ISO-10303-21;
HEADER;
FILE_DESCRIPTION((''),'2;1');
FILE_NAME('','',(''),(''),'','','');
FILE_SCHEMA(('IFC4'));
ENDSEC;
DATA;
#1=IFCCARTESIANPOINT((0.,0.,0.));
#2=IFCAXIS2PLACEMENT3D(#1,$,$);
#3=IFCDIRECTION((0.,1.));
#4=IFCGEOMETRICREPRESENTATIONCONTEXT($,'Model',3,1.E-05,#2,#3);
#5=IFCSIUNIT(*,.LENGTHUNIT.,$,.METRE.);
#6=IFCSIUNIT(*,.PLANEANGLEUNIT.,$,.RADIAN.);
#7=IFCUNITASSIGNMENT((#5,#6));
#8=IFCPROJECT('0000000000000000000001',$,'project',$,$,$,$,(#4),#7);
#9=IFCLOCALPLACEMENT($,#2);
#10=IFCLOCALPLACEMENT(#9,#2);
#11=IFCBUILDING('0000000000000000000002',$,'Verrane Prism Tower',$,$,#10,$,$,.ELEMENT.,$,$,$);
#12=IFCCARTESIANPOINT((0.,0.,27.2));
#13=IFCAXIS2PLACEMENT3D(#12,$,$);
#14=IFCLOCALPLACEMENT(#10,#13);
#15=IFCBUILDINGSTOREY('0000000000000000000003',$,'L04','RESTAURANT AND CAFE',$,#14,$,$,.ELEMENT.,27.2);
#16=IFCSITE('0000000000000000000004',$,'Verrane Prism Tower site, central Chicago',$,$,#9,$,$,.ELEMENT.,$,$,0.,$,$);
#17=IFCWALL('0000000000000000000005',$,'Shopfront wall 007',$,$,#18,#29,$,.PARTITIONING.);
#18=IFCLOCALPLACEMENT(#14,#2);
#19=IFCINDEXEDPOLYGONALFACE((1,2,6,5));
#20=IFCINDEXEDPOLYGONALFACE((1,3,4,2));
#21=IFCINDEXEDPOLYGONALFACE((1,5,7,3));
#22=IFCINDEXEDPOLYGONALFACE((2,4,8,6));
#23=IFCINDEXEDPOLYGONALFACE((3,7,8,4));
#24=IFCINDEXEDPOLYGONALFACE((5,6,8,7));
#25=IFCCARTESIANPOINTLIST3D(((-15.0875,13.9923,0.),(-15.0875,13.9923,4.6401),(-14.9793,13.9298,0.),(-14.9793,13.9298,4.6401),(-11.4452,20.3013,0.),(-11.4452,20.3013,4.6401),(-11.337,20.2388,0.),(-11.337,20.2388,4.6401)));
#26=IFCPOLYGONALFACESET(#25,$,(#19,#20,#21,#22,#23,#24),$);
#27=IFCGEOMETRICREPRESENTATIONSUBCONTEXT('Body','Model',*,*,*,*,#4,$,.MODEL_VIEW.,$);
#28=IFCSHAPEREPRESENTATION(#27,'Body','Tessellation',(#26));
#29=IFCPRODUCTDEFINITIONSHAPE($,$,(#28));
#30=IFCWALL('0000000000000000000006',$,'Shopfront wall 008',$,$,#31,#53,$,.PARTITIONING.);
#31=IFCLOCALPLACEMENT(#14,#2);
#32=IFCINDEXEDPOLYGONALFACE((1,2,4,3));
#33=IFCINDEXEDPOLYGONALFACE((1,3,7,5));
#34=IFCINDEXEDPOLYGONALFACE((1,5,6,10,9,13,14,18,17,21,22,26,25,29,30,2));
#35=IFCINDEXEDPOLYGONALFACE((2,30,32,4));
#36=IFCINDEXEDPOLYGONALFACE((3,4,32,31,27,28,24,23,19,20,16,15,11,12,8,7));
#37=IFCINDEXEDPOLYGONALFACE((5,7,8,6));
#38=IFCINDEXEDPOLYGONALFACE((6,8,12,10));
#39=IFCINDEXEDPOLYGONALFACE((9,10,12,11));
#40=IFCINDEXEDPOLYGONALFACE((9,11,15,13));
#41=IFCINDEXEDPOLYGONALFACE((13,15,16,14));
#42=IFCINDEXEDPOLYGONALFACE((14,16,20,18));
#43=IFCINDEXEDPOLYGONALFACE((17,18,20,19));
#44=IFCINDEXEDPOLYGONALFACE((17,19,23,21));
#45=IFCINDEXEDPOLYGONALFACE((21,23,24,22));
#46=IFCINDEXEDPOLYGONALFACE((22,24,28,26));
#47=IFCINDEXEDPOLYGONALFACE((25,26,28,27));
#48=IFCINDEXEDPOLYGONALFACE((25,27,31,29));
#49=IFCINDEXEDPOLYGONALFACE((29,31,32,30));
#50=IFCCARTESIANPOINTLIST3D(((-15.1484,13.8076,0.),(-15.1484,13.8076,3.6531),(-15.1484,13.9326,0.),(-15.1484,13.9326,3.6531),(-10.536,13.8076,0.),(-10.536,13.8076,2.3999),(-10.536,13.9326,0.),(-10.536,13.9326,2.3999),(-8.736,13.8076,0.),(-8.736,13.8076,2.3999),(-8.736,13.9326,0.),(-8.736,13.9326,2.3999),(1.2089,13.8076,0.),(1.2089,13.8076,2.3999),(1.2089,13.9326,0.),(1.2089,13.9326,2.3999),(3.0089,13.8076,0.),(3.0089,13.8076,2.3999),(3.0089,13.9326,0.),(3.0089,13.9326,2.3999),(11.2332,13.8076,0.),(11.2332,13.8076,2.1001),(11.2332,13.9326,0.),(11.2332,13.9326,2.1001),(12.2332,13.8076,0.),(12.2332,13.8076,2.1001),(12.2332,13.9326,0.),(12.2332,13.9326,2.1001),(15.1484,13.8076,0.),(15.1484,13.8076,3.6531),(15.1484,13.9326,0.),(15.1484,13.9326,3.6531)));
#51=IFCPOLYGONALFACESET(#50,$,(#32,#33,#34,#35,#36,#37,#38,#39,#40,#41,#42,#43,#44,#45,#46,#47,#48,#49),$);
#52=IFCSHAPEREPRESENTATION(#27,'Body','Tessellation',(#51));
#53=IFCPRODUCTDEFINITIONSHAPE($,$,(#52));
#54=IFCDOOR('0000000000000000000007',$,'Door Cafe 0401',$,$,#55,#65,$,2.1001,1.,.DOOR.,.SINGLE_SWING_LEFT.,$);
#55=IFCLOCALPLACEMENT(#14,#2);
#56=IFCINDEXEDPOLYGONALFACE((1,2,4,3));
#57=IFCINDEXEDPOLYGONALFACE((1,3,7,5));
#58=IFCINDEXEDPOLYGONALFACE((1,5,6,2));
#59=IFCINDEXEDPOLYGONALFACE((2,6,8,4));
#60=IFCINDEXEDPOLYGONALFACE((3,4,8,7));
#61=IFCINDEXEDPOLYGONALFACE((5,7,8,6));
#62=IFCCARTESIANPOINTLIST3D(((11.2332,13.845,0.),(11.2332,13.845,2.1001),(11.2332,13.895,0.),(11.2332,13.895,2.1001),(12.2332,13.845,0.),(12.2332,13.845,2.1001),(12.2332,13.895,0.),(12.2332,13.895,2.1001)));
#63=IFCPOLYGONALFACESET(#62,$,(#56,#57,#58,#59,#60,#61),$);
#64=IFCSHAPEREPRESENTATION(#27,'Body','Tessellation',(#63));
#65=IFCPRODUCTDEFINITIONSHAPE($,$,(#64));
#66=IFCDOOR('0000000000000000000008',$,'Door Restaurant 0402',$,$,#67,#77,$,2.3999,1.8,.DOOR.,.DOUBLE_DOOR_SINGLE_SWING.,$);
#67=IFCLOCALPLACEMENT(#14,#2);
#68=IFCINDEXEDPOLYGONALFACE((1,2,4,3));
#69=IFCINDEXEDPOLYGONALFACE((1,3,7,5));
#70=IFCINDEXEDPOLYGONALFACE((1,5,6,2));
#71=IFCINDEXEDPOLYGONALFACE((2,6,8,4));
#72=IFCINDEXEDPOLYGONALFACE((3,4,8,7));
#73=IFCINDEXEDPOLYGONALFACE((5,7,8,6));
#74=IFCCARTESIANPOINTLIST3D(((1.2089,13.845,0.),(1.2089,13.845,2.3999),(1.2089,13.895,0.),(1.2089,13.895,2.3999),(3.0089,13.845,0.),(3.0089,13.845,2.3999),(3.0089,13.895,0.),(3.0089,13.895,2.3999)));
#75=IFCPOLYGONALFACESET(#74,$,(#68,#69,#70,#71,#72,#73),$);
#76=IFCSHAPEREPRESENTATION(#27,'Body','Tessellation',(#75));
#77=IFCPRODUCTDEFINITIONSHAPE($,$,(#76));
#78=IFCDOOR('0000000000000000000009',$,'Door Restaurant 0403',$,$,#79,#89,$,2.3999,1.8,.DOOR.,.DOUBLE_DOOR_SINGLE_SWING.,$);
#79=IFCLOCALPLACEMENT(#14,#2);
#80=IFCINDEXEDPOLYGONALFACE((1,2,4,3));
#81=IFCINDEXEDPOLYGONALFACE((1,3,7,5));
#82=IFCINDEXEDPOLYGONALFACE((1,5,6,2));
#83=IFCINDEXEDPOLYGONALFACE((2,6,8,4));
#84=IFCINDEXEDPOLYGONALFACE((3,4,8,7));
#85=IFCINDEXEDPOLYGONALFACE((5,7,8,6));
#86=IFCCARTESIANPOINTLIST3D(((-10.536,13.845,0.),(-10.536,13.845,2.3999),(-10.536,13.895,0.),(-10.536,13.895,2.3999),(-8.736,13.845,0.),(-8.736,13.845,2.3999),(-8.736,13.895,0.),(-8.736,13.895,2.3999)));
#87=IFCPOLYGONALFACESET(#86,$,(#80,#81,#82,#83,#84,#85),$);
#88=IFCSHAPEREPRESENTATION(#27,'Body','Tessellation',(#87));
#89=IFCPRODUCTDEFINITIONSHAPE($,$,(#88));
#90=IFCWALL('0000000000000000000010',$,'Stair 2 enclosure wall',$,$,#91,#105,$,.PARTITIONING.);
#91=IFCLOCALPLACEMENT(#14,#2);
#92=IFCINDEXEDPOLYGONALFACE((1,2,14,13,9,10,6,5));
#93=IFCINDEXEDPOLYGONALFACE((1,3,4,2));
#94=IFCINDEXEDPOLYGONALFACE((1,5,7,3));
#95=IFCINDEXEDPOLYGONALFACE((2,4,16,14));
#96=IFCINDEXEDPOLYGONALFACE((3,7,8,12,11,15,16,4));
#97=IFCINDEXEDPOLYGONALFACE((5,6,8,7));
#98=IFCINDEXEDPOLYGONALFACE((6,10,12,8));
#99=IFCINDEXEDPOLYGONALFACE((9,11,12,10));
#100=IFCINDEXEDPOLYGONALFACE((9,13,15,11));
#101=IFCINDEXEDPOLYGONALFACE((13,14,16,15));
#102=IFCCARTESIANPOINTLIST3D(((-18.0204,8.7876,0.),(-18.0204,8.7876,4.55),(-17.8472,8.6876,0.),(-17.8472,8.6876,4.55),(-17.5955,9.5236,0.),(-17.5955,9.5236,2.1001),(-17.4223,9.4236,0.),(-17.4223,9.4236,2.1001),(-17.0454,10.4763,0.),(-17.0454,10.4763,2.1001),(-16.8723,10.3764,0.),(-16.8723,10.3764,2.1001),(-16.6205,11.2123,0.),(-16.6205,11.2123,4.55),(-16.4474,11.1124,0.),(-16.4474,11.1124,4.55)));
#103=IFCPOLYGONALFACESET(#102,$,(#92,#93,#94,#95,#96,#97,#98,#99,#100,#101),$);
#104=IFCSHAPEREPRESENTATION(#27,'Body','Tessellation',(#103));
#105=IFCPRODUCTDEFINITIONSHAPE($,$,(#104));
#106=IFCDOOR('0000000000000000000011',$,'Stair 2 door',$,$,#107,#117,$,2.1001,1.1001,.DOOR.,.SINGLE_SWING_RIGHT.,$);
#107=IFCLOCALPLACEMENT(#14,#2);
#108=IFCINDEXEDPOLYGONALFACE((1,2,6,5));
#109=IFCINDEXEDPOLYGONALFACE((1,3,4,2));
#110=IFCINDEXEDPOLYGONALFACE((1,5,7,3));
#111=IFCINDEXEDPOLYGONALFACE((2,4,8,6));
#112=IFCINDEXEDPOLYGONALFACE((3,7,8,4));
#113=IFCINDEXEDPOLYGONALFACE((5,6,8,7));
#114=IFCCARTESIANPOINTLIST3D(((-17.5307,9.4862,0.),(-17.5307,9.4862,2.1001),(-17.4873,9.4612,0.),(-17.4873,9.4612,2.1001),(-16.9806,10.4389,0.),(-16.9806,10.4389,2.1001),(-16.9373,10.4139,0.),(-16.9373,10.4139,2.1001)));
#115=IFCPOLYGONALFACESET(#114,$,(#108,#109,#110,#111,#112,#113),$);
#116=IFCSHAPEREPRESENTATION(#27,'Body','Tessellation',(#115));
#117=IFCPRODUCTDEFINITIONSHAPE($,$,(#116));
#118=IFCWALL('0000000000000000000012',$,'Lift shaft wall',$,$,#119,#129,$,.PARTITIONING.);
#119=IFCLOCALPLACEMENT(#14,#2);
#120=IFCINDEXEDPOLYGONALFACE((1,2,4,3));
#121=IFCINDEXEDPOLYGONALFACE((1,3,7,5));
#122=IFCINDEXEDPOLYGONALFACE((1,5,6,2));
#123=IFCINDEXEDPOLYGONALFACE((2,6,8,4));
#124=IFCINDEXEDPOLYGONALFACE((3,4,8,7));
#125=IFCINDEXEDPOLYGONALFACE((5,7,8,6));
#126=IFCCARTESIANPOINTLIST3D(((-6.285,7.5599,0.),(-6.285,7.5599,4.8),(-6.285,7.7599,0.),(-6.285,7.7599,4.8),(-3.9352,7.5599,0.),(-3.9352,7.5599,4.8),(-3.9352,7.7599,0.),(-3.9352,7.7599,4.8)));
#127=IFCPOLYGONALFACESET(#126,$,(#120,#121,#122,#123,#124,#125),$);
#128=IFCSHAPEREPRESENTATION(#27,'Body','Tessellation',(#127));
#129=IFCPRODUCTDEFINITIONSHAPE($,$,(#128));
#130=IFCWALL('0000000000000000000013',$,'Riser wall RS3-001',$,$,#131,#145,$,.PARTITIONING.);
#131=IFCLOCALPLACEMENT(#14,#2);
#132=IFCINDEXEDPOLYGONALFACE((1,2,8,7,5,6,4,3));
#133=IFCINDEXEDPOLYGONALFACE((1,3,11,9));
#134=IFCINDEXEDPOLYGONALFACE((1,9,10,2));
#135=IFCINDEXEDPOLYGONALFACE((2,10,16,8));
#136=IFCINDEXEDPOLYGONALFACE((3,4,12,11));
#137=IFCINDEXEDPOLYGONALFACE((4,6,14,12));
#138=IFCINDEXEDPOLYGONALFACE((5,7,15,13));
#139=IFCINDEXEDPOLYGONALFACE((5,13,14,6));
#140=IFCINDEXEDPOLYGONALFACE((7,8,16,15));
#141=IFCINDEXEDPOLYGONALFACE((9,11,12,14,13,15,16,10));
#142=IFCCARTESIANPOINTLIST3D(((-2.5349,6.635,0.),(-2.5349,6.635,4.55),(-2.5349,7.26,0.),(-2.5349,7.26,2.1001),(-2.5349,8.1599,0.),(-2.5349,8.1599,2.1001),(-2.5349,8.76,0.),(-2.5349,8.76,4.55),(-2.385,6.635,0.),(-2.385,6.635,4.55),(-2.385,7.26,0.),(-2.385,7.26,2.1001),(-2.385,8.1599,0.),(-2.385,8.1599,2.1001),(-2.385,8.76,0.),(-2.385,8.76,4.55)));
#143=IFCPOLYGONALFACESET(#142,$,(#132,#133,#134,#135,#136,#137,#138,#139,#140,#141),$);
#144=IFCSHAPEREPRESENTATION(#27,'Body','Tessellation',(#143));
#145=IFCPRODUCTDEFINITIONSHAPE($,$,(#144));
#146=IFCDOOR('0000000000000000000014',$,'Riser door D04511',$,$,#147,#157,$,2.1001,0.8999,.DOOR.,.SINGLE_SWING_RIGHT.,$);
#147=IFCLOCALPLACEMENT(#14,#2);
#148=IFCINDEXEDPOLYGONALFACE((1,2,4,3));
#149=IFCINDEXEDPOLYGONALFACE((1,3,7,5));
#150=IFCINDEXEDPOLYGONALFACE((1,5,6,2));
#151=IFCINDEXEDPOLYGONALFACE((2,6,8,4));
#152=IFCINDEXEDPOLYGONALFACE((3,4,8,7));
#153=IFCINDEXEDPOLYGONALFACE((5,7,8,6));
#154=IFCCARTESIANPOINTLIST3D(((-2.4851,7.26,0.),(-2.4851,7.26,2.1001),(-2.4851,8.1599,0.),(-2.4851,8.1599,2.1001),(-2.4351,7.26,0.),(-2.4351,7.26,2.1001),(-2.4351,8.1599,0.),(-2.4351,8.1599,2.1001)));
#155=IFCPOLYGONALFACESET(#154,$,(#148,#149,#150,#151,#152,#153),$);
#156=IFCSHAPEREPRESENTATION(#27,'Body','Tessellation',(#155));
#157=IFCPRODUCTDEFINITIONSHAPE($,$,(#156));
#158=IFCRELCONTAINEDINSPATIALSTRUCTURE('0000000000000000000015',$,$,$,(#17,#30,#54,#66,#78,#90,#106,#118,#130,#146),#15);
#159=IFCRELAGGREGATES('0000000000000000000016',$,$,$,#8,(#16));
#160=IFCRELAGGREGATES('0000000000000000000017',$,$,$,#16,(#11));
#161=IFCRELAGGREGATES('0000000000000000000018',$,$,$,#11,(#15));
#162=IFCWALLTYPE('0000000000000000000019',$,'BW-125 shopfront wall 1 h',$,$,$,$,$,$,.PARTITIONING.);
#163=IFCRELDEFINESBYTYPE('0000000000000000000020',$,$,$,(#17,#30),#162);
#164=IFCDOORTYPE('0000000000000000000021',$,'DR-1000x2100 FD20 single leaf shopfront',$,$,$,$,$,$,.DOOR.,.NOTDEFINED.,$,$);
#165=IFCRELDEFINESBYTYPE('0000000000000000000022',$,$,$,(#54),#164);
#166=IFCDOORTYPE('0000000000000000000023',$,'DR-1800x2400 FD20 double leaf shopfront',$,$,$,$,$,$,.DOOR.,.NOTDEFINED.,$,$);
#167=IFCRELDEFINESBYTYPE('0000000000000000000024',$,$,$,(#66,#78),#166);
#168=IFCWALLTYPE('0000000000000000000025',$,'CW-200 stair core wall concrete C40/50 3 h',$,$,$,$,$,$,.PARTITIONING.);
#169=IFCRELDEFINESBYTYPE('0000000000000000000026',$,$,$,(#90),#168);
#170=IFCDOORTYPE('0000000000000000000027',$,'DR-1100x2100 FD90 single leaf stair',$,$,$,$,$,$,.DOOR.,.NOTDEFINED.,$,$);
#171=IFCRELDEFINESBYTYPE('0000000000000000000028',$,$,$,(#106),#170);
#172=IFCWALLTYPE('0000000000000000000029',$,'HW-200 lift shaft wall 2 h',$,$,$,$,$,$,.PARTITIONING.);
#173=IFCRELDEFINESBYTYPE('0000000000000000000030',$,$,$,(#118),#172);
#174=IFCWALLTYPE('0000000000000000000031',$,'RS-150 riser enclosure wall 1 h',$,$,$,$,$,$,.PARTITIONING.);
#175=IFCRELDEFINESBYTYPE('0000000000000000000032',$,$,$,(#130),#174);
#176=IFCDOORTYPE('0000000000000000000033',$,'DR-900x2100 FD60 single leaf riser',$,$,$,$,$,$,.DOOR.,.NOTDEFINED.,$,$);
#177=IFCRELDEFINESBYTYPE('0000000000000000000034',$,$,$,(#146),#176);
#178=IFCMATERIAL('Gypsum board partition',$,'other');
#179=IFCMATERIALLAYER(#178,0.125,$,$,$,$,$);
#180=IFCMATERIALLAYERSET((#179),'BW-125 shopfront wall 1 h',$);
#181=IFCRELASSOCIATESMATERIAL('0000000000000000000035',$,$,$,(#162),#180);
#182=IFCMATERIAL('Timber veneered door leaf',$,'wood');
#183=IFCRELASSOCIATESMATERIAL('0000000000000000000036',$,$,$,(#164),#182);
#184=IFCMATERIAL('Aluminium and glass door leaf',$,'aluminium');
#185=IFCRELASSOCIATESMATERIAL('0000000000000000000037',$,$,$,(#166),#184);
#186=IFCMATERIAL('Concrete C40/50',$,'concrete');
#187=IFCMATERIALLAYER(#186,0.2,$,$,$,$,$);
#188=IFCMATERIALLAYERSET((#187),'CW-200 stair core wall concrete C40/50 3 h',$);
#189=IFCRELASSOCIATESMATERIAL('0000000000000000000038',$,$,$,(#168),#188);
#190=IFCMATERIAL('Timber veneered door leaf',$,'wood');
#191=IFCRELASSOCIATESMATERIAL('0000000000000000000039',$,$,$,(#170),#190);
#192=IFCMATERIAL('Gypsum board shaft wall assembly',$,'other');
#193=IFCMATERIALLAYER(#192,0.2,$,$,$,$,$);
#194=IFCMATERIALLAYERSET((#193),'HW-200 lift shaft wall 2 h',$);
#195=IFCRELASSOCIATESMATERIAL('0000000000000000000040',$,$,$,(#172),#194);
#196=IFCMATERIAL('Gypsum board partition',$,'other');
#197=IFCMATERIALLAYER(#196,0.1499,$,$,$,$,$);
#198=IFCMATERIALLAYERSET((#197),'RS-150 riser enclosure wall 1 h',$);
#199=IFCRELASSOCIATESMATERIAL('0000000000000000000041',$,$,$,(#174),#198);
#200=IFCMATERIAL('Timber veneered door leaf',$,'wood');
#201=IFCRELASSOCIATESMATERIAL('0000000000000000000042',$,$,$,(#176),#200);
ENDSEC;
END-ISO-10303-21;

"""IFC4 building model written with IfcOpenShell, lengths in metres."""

from ifc_helpers import new_model, si_unit, direction, frame, frame_2d, origin, place, context, subcontext, project, spatial, rectangle, extrude, material, layer, layer_set, type_object, element, fill, save


model = new_model("IFC4")

# Units and contexts
model_context = context("Model", 3, precision=1e-05, world=origin(), true_north=direction((0.0, 1.0)))
body_context = subcontext(model_context, "Body", "Model", "MODEL_VIEW")
ifc_project = project(units=[si_unit("LENGTHUNIT", "METRE"), si_unit("PLANEANGLEUNIT", "RADIAN")], contexts=[model_context])

# Site, building, storey
site_placement = place(None, origin())
site = spatial("IfcSite", under=ifc_project, at=site_placement, Name="Verrane Prism Tower site, central Chicago", CompositionType="ELEMENT", RefElevation=0.0)
building_placement = place(site_placement, origin())
building = spatial("IfcBuilding", under=site, at=building_placement, Name="Verrane Prism Tower", CompositionType="ELEMENT")
storey_placement = place(building_placement, frame((0.0, 0.0, 27.2)))
storey = spatial("IfcBuildingStorey", under=building, at=storey_placement, Name="L04", Description="RESTAURANT AND CAFE", CompositionType="ELEMENT", Elevation=27.2)

# Wall
ifc_material_1 = material(Name="Gypsum board partition", Category="other")
ifc_layer_1 = layer(ifc_material_1, 0.125)
ifc_layer_set_1 = layer_set([ifc_layer_1], Name="BW-125 shopfront wall 1 h")
wall_type_1 = type_object("IfcWallType", Name="BW-125 shopfront wall 1 h", PredefinedType="PARTITIONING", material=ifc_layer_set_1)
wall_1_placement = place(storey_placement, frame((-15.0334, 13.9609, 0.0), z_axis=(0.0, 0.0, 1.0), x_axis=(0.499978, 0.866038, 0.0)))
element("IfcWall", 1, at=wall_1_placement, inside=storey, type_object=wall_type_1, Name="Shopfront wall 007", PredefinedType="PARTITIONING", context=body_context, shape_type="SweptSolid", body=[
    extrude(rectangle(XDim=7.2849, YDim=0.125, at=frame_2d((3.6426, 0.0))), origin(), (0.0, 0.0, 1.0), 4.6401),
])

# Wall, openings, doors
wall_2_placement = place(storey_placement, frame((-15.1484, 13.8701, 0.0), z_axis=(0.0, 0.0, 1.0), x_axis=(1.0, 0.0, 0.0)))
wall_2 = element("IfcWall", 2, at=wall_2_placement, inside=storey, type_object=wall_type_1, Name="Shopfront wall 008", PredefinedType="PARTITIONING", context=body_context, shape_type="SweptSolid", body=[
    extrude(rectangle(XDim=30.2969, YDim=0.125, at=frame_2d((15.1484, 0.0))), origin(), (0.0, 0.0, 1.0), 3.6531),
])
opening_1_placement = place(wall_2_placement, frame((26.3816, 0.0, 0.0)))
opening_1 = element("IfcOpeningElement", 3, at=opening_1_placement, cuts=wall_2, PredefinedType="OPENING", context=body_context, shape_type="SweptSolid", body=[
    extrude(rectangle(XDim=1.0, YDim=2.1001, at=frame_2d((0.5, 1.05))), frame((0.0, 0.0725, 0.0), z_axis=(0.0, -1.0, 0.0), x_axis=(1.0, 0.0, 0.0)), (0.0, 0.0, 1.0), 0.145),
])
opening_2_placement = place(wall_2_placement, frame((16.3574, 0.0, 0.0)))
opening_2 = element("IfcOpeningElement", 4, at=opening_2_placement, cuts=wall_2, PredefinedType="OPENING", context=body_context, shape_type="SweptSolid", body=[
    extrude(rectangle(XDim=1.8, YDim=2.3999, at=frame_2d((0.8999, 1.2))), frame((0.0, 0.0725, 0.0), z_axis=(0.0, -1.0, 0.0), x_axis=(1.0, 0.0, 0.0)), (0.0, 0.0, 1.0), 0.145),
])
opening_3_placement = place(wall_2_placement, frame((4.6125, 0.0, 0.0)))
opening_3 = element("IfcOpeningElement", 5, at=opening_3_placement, cuts=wall_2, PredefinedType="OPENING", context=body_context, shape_type="SweptSolid", body=[
    extrude(rectangle(XDim=1.8, YDim=2.3999, at=frame_2d((0.8999, 1.2))), frame((0.0, 0.0725, 0.0), z_axis=(0.0, -1.0, 0.0), x_axis=(1.0, 0.0, 0.0)), (0.0, 0.0, 1.0), 0.145),
])
ifc_material_2 = material(Name="Timber veneered door leaf", Category="wood")
door_type_1 = type_object("IfcDoorType", Name="DR-1000x2100 FD20 single leaf shopfront", OperationType="NOTDEFINED", PredefinedType="DOOR", material=ifc_material_2)
door_1_placement = place(opening_1_placement, origin())
door_1 = element("IfcDoor", 6, at=door_1_placement, inside=storey, type_object=door_type_1, Name="Door Cafe 0401", OperationType="SINGLE_SWING_LEFT", OverallHeight=2.1001, OverallWidth=1.0, PredefinedType="DOOR", context=body_context, shape_type="SweptSolid", body=[
    extrude(rectangle(XDim=1.0, YDim=2.1001, at=frame_2d((0.5, 1.05))), frame((0.0, 0.0249, 0.0), z_axis=(0.0, -1.0, 0.0), x_axis=(1.0, 0.0, 0.0)), (0.0, 0.0, 1.0), 0.05),
])
fill(opening_1, door_1)
ifc_material_3 = material(Name="Aluminium and glass door leaf", Category="aluminium")
door_type_2 = type_object("IfcDoorType", Name="DR-1800x2400 FD20 double leaf shopfront", OperationType="NOTDEFINED", PredefinedType="DOOR", material=ifc_material_3)
door_2_placement = place(opening_2_placement, origin())
door_2 = element("IfcDoor", 7, at=door_2_placement, inside=storey, type_object=door_type_2, Name="Door Restaurant 0402", OperationType="DOUBLE_DOOR_SINGLE_SWING", OverallHeight=2.3999, OverallWidth=1.8, PredefinedType="DOOR", context=body_context, shape_type="SweptSolid", body=[
    extrude(rectangle(XDim=1.8, YDim=2.3999, at=frame_2d((0.8999, 1.2))), frame((0.0, 0.0249, 0.0), z_axis=(0.0, -1.0, 0.0), x_axis=(1.0, 0.0, 0.0)), (0.0, 0.0, 1.0), 0.05),
])
fill(opening_2, door_2)
door_3_placement = place(opening_3_placement, origin())
door_3 = element("IfcDoor", 8, at=door_3_placement, inside=storey, type_object=door_type_2, Name="Door Restaurant 0403", OperationType="DOUBLE_DOOR_SINGLE_SWING", OverallHeight=2.3999, OverallWidth=1.8, PredefinedType="DOOR", context=body_context, shape_type="SweptSolid", body=[
    extrude(rectangle(XDim=1.8, YDim=2.3999, at=frame_2d((0.8999, 1.2))), frame((0.0, 0.0249, 0.0), z_axis=(0.0, -1.0, 0.0), x_axis=(1.0, 0.0, 0.0)), (0.0, 0.0, 1.0), 0.05),
])
fill(opening_3, door_3)

# Wall, opening, door
ifc_material_4 = material(Name="Concrete C40/50", Category="concrete")
ifc_layer_2 = layer(ifc_material_4, 0.2)
ifc_layer_set_2 = layer_set([ifc_layer_2], Name="CW-200 stair core wall concrete C40/50 3 h")
wall_type_2 = type_object("IfcWallType", Name="CW-200 stair core wall concrete C40/50 3 h", PredefinedType="PARTITIONING", material=ifc_layer_set_2)
wall_3_placement = place(storey_placement, frame((-16.5339, 11.1624, 0.0), z_axis=(0.0, 0.0, 1.0), x_axis=(-0.499984, -0.866035, 0.0)))
wall_3 = element("IfcWall", 9, at=wall_3_placement, inside=storey, type_object=wall_type_2, Name="Stair 2 enclosure wall", PredefinedType="PARTITIONING", context=body_context, shape_type="SweptSolid", body=[
    extrude(rectangle(XDim=2.7998, YDim=0.2, at=frame_2d((1.3999, 0.0))), origin(), (0.0, 0.0, 1.0), 4.55),
])
opening_4_placement = place(wall_3_placement, frame((0.8499, 0.0, 0.0)))
opening_4 = element("IfcOpeningElement", 10, at=opening_4_placement, cuts=wall_3, PredefinedType="OPENING", context=body_context, shape_type="SweptSolid", body=[
    extrude(rectangle(XDim=1.1001, YDim=2.1001, at=frame_2d((0.55, 1.05))), frame((0.0, 0.1099, 0.0), z_axis=(0.0, -1.0, 0.0), x_axis=(1.0, 0.0, 0.0)), (0.0, 0.0, 1.0), 0.22),
])
ifc_material_5 = material(Name="Timber veneered door leaf", Category="wood")
door_type_3 = type_object("IfcDoorType", Name="DR-1100x2100 FD90 single leaf stair", OperationType="NOTDEFINED", PredefinedType="DOOR", material=ifc_material_5)
door_4_placement = place(opening_4_placement, origin())
door_4 = element("IfcDoor", 11, at=door_4_placement, inside=storey, type_object=door_type_3, Name="Stair 2 door", OperationType="SINGLE_SWING_RIGHT", OverallHeight=2.1001, OverallWidth=1.1001, PredefinedType="DOOR", context=body_context, shape_type="SweptSolid", body=[
    extrude(rectangle(XDim=1.1001, YDim=2.1001, at=frame_2d((0.55, 1.05))), frame((0.0, 0.0249, 0.0), z_axis=(0.0, -1.0, 0.0), x_axis=(1.0, 0.0, 0.0)), (0.0, 0.0, 1.0), 0.05),
])
fill(opening_4, door_4)

# Wall
ifc_material_6 = material(Name="Gypsum board shaft wall assembly", Category="other")
ifc_layer_3 = layer(ifc_material_6, 0.2)
ifc_layer_set_3 = layer_set([ifc_layer_3], Name="HW-200 lift shaft wall 2 h")
wall_type_3 = type_object("IfcWallType", Name="HW-200 lift shaft wall 2 h", PredefinedType="PARTITIONING", material=ifc_layer_set_3)
wall_4_placement = place(storey_placement, frame((-6.2849, 7.6599, 0.0), z_axis=(0.0, 0.0, 1.0), x_axis=(1.0, 0.0, 0.0)))
element("IfcWall", 12, at=wall_4_placement, inside=storey, type_object=wall_type_3, Name="Lift shaft wall", PredefinedType="PARTITIONING", context=body_context, shape_type="SweptSolid", body=[
    extrude(rectangle(XDim=2.3499, YDim=0.2, at=frame_2d((1.1748, 0.0))), origin(), (0.0, 0.0, 1.0), 4.8),
])

# Wall, opening, door
ifc_material_7 = material(Name="Gypsum board partition", Category="other")
ifc_layer_4 = layer(ifc_material_7, 0.1499)
ifc_layer_set_4 = layer_set([ifc_layer_4], Name="RS-150 riser enclosure wall 1 h")
wall_type_4 = type_object("IfcWallType", Name="RS-150 riser enclosure wall 1 h", PredefinedType="PARTITIONING", material=ifc_layer_set_4)
wall_5_placement = place(storey_placement, frame((-2.46, 8.76, 0.0), z_axis=(0.0, 0.0, 1.0), x_axis=(0.0, -1.0, 0.0)))
wall_5 = element("IfcWall", 13, at=wall_5_placement, inside=storey, type_object=wall_type_4, Name="Riser wall RS3-001", PredefinedType="PARTITIONING", context=body_context, shape_type="SweptSolid", body=[
    extrude(rectangle(XDim=2.125, YDim=0.1499, at=frame_2d((1.0625, 0.0))), origin(), (0.0, 0.0, 1.0), 4.55),
])
opening_5_placement = place(wall_5_placement, frame((0.6001, 0.0, 0.0)))
opening_5 = element("IfcOpeningElement", 14, at=opening_5_placement, cuts=wall_5, PredefinedType="OPENING", context=body_context, shape_type="SweptSolid", body=[
    extrude(rectangle(XDim=0.8999, YDim=2.1001, at=frame_2d((0.45, 1.05))), frame((0.0, 0.085, 0.0), z_axis=(0.0, -1.0, 0.0), x_axis=(1.0, 0.0, 0.0)), (0.0, 0.0, 1.0), 0.1699),
])
ifc_material_8 = material(Name="Timber veneered door leaf", Category="wood")
door_type_4 = type_object("IfcDoorType", Name="DR-900x2100 FD60 single leaf riser", OperationType="NOTDEFINED", PredefinedType="DOOR", material=ifc_material_8)
door_5_placement = place(opening_5_placement, origin())
door_5 = element("IfcDoor", 15, at=door_5_placement, inside=storey, type_object=door_type_4, Name="Riser door D04511", OperationType="SINGLE_SWING_RIGHT", OverallHeight=2.1001, OverallWidth=0.8999, PredefinedType="DOOR", context=body_context, shape_type="SweptSolid", body=[
    extrude(rectangle(XDim=0.8999, YDim=2.1001, at=frame_2d((0.45, 1.05))), frame((0.0, 0.0249, 0.0), z_axis=(0.0, -1.0, 0.0), x_axis=(1.0, 0.0, 0.0)), (0.0, 0.0, 1.0), 0.05),
])
fill(opening_5, door_5)

save(model, "model.ifc")
